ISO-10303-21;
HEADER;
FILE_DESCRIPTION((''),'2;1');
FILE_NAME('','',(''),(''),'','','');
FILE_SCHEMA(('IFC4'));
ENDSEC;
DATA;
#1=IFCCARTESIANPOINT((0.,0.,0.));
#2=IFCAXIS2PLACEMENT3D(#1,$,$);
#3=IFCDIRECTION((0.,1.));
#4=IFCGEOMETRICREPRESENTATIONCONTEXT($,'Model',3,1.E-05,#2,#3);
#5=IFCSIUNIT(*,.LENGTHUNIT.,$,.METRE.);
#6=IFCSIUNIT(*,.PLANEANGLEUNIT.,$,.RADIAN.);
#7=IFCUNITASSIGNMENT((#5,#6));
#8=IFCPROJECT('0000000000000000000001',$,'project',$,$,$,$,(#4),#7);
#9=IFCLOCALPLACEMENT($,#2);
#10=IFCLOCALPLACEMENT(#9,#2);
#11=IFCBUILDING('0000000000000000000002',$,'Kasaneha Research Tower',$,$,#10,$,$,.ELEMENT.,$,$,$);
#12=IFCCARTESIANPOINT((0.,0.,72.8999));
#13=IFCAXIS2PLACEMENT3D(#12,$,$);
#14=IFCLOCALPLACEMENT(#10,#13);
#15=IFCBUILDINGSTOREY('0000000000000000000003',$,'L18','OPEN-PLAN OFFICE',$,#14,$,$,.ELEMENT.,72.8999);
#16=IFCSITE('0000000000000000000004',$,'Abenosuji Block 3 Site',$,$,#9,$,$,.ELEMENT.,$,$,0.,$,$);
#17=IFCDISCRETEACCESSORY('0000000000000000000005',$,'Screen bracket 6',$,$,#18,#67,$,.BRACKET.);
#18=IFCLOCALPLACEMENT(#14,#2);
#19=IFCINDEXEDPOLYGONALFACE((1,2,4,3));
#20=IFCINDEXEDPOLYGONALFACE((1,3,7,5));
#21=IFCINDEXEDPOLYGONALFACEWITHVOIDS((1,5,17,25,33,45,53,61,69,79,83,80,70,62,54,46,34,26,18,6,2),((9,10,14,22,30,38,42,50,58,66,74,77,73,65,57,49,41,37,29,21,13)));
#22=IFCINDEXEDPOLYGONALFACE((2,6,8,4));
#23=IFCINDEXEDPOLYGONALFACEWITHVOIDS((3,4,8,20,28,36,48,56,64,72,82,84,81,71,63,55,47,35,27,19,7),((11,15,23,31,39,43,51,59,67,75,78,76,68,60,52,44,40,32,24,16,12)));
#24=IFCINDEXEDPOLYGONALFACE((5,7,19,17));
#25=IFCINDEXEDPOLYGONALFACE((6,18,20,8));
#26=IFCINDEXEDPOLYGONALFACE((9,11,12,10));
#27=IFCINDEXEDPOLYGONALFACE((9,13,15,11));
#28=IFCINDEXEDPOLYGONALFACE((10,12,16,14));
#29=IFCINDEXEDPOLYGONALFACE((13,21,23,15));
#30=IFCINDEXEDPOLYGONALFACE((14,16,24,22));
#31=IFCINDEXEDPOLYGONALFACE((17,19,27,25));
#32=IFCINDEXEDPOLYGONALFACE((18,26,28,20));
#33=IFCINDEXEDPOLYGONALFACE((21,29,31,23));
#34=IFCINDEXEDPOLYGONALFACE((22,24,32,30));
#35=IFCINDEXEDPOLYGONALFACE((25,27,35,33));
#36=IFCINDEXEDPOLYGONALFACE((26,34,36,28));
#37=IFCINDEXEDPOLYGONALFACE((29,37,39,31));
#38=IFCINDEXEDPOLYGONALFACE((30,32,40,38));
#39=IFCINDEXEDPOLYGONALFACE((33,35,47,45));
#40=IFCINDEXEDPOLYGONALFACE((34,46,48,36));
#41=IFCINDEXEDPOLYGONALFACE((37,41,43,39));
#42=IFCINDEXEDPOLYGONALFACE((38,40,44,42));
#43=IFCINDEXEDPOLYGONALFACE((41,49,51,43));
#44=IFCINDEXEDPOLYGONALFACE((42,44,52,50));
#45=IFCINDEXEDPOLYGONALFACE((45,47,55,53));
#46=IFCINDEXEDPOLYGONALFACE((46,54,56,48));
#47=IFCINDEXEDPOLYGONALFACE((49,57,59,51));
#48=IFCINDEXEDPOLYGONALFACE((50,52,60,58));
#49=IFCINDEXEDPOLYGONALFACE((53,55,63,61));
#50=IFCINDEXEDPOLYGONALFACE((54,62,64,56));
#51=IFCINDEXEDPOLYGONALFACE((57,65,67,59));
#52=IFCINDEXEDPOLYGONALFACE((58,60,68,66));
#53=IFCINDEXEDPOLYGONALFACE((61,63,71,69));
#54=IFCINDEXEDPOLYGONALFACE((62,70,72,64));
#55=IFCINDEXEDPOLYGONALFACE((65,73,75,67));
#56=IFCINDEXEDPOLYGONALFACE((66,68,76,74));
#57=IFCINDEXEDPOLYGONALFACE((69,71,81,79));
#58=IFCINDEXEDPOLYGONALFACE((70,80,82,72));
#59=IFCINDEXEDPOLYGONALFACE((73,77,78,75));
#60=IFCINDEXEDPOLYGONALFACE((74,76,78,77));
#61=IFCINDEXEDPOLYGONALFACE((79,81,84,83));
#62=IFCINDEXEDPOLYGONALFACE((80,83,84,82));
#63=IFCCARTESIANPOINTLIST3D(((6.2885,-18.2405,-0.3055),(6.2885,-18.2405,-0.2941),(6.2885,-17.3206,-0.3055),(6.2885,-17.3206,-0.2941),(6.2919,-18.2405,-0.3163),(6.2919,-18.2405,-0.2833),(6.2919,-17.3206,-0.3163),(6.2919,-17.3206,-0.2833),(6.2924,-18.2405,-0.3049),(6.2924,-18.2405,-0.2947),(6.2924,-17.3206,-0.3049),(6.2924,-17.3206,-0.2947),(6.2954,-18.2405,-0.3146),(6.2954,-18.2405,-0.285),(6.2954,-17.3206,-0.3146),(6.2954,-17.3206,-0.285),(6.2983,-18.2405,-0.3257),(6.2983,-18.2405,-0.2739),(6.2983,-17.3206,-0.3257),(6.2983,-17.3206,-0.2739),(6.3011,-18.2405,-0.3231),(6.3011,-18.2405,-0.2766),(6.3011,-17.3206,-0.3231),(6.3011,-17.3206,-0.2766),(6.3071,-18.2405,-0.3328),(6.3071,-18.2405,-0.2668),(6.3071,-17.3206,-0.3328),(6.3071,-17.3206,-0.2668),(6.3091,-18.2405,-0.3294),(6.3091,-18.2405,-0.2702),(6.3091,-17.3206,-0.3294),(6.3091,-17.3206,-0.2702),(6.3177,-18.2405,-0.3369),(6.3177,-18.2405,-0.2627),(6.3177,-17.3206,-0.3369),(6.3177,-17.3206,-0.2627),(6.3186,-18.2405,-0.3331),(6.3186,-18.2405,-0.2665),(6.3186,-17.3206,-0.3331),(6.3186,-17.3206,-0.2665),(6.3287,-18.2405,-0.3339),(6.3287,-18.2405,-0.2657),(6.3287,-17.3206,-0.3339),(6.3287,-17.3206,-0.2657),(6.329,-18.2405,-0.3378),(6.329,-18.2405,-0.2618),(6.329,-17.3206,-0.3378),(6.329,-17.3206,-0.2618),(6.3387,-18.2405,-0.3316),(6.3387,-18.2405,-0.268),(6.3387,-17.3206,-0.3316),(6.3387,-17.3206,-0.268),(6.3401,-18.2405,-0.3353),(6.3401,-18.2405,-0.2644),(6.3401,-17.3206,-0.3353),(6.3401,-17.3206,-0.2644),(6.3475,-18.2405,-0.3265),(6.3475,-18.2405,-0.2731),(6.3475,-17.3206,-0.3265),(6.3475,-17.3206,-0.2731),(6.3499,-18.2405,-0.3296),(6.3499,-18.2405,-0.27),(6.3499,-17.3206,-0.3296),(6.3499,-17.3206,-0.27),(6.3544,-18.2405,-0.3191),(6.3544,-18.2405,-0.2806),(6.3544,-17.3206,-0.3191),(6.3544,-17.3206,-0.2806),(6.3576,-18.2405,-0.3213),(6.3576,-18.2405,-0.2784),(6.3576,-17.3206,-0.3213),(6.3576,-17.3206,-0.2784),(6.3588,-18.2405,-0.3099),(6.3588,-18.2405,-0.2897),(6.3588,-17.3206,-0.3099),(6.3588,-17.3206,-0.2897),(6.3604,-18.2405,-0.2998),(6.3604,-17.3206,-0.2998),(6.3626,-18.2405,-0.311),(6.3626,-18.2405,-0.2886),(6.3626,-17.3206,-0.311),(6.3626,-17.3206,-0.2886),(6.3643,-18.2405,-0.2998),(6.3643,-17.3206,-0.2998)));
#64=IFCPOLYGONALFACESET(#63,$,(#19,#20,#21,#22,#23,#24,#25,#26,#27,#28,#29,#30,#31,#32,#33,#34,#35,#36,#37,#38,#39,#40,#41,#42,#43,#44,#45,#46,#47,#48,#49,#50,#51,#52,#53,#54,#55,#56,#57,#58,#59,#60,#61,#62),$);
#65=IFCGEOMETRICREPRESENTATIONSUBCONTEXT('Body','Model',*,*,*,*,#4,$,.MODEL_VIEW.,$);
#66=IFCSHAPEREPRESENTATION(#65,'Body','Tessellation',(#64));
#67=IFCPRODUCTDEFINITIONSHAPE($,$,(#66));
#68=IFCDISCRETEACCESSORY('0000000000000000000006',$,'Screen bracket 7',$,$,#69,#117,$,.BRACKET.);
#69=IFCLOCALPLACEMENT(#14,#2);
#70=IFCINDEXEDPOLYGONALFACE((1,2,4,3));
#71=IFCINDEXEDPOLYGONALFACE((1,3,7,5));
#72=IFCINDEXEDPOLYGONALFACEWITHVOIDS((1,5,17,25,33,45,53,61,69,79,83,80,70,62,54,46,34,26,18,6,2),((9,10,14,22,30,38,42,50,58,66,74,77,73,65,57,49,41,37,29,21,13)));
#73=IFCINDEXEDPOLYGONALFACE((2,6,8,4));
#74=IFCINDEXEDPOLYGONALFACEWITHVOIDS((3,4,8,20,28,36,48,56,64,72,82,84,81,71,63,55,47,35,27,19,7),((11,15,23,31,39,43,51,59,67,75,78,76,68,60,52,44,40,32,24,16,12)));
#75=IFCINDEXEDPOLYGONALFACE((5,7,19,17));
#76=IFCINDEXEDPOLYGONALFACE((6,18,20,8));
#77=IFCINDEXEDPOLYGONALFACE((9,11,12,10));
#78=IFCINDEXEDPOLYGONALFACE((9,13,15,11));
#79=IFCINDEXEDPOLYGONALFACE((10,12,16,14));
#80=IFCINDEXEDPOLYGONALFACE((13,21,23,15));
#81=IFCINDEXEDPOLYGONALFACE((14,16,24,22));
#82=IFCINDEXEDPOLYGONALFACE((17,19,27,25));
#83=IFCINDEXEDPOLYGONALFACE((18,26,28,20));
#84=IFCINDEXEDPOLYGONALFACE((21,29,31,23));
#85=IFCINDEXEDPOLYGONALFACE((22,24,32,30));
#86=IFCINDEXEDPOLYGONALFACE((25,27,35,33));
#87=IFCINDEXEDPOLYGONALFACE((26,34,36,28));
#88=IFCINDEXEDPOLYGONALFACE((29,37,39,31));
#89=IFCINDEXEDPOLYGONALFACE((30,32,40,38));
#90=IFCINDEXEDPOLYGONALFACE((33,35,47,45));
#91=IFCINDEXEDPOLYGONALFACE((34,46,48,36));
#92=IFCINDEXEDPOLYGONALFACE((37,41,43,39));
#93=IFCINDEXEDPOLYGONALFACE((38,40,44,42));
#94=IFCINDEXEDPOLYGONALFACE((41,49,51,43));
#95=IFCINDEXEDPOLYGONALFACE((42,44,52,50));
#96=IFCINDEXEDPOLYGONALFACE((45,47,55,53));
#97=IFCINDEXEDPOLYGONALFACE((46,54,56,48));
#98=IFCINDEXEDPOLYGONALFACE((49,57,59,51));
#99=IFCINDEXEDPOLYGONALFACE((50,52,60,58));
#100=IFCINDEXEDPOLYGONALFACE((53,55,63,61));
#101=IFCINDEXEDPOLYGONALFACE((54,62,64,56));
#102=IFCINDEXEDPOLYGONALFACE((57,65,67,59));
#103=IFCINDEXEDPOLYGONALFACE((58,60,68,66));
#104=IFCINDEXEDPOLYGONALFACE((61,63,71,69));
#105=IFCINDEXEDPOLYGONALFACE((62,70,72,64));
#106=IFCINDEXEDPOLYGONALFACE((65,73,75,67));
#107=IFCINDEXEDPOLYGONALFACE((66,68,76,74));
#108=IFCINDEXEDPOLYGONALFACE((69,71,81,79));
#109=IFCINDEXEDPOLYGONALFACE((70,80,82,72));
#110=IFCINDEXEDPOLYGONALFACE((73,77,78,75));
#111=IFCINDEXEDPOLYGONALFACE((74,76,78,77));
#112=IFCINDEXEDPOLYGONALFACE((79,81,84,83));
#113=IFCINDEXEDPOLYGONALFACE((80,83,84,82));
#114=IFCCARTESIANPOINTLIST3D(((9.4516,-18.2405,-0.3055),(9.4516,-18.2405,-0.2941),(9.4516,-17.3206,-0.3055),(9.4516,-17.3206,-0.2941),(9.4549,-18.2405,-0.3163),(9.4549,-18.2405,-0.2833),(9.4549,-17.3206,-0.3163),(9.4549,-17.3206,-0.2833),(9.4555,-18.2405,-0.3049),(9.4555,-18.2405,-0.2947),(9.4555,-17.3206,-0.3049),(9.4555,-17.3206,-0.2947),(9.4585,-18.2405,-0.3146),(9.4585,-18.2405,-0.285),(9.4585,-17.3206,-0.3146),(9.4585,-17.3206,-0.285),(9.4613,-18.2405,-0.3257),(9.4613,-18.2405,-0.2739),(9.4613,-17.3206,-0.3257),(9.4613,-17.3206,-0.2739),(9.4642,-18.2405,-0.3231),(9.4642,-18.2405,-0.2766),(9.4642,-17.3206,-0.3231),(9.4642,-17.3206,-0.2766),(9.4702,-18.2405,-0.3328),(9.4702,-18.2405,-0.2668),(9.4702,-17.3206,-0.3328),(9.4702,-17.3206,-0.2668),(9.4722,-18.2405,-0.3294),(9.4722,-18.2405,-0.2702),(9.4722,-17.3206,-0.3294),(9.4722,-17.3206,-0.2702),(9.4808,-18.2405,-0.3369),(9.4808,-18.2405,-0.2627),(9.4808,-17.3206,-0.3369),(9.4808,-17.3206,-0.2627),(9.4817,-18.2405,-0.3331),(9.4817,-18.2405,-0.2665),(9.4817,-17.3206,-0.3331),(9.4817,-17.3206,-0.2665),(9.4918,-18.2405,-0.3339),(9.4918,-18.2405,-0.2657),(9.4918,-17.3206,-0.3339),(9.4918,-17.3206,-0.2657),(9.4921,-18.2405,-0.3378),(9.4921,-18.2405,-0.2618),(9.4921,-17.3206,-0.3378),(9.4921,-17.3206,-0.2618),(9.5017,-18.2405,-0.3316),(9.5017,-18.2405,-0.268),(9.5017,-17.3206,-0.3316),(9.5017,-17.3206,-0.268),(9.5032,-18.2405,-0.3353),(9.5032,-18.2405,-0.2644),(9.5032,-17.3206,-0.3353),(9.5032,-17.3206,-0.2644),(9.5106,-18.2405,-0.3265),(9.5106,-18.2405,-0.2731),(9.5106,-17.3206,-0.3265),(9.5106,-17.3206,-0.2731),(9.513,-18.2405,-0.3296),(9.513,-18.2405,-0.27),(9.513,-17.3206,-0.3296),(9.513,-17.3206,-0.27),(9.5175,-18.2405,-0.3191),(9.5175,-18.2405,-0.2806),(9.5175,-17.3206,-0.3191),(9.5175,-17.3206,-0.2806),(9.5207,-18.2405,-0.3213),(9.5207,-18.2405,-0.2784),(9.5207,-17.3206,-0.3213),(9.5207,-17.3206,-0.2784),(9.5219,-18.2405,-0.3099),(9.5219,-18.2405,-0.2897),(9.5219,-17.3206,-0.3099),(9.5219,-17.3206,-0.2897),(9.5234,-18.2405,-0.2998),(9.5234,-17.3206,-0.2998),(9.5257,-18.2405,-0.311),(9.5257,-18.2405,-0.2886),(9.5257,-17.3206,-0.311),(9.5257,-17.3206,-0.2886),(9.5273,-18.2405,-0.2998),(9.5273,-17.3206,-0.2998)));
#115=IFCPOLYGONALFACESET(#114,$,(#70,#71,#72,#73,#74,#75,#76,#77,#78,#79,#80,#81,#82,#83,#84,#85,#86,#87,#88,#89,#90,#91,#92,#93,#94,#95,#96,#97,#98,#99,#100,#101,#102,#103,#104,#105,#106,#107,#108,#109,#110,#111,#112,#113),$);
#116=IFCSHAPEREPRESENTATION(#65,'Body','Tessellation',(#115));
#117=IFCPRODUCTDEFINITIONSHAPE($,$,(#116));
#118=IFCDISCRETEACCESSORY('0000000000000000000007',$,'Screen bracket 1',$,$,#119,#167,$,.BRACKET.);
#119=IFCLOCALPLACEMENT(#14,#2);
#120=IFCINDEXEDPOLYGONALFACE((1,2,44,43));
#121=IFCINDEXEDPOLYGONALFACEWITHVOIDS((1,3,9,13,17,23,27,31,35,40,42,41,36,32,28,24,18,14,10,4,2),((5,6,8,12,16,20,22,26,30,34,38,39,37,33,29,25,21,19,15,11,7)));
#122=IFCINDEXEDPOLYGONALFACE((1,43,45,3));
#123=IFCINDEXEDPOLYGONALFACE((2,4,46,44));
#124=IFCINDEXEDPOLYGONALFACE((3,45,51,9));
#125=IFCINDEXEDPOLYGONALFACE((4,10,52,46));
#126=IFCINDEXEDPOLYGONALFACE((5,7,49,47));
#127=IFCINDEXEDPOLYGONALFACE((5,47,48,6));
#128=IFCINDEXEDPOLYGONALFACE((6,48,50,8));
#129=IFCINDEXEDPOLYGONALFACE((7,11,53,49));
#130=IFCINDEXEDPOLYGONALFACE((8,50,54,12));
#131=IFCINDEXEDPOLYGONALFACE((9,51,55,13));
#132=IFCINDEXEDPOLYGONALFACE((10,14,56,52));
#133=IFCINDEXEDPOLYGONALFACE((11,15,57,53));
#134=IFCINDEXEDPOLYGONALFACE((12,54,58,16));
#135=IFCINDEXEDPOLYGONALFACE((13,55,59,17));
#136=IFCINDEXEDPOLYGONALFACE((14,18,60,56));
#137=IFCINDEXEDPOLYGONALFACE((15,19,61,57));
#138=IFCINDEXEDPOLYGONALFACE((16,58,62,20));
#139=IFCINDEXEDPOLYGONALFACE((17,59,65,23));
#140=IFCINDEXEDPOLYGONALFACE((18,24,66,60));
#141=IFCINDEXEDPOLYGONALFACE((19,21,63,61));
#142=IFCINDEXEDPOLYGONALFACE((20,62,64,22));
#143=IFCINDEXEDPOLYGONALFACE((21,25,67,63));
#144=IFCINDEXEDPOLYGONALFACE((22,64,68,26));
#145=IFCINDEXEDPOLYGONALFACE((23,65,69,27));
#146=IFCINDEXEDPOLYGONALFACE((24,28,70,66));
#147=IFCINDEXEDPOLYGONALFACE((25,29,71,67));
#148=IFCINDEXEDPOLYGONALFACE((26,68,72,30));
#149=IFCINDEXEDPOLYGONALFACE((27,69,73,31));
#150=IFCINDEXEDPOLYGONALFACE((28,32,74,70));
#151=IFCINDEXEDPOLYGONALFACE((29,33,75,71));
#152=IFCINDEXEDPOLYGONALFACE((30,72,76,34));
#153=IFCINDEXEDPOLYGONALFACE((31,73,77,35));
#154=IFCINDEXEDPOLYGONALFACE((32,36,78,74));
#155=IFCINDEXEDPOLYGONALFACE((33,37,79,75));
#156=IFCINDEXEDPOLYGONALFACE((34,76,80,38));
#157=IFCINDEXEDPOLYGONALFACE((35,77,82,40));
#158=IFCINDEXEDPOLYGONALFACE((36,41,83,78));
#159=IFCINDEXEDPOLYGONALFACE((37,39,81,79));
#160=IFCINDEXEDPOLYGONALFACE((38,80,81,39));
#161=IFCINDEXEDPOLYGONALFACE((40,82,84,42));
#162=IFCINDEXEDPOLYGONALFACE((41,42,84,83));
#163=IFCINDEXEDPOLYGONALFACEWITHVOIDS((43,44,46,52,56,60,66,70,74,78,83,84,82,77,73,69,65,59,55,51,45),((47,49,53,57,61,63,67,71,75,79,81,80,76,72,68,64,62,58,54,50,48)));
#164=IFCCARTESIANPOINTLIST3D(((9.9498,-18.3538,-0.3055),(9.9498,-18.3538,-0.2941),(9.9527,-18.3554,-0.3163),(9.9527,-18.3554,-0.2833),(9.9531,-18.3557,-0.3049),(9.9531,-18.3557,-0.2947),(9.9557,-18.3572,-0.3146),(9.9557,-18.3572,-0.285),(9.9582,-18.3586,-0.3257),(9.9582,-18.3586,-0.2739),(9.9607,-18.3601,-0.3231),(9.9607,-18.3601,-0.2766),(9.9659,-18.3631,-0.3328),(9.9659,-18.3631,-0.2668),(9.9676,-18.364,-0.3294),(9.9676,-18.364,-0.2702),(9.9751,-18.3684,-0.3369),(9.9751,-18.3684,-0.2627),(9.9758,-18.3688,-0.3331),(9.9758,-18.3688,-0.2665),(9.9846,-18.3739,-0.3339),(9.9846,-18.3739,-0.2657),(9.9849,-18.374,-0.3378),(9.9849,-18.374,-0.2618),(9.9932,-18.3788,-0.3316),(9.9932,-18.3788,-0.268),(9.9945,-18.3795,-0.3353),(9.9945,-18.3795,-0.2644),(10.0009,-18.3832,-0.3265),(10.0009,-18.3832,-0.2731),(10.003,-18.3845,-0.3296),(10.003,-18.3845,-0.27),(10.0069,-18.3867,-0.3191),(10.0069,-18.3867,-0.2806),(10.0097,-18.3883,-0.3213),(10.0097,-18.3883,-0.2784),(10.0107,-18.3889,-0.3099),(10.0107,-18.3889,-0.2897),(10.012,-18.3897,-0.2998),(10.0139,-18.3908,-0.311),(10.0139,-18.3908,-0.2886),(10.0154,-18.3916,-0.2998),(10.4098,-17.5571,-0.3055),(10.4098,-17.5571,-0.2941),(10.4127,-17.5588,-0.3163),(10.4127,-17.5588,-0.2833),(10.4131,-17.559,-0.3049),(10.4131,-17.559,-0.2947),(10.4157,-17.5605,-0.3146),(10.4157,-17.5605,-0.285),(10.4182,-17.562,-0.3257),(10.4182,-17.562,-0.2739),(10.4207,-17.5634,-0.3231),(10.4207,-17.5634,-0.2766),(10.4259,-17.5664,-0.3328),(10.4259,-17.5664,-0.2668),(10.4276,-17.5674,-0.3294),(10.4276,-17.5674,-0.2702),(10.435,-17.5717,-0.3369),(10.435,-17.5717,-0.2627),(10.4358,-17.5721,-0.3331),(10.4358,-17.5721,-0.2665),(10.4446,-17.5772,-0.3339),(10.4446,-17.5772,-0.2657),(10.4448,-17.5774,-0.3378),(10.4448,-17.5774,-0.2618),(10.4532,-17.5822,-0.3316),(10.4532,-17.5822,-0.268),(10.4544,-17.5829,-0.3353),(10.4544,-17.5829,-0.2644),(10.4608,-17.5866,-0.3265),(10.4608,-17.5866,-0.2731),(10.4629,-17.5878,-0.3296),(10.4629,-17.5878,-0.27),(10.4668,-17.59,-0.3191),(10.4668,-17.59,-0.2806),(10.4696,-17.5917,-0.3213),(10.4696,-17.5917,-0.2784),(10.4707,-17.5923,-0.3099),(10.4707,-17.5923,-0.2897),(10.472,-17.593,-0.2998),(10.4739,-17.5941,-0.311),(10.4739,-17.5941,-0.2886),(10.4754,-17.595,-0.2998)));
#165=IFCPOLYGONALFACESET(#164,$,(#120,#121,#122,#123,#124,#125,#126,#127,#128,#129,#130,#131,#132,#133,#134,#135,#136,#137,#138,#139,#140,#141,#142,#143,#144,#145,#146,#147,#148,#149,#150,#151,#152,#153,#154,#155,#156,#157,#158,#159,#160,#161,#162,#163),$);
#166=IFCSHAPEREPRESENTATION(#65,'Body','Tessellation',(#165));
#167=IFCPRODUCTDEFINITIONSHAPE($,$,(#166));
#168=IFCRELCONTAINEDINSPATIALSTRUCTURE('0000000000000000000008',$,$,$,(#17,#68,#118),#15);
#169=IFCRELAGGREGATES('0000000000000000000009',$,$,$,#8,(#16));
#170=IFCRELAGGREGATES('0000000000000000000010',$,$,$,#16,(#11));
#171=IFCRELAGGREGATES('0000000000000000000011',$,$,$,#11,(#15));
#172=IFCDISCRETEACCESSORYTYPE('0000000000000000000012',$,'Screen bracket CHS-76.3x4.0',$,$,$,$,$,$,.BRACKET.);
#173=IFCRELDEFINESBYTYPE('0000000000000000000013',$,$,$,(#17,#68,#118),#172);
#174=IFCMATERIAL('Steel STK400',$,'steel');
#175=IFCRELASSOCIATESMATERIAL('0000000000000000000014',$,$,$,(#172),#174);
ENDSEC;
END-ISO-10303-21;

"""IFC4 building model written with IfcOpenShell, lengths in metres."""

from ifc_helpers import new_model, si_unit, direction, frame, origin, origin_2d, place, context, subcontext, project, spatial, hollow_circle, extrude, material, material_profile, profile_set, type_object, element, save


model = new_model("IFC4")

# Units and contexts
model_context = context("Model", 3, precision=1e-05, world=origin(), true_north=direction((0.0, 1.0)))
body_context = subcontext(model_context, "Body", "Model", "MODEL_VIEW")
ifc_project = project(units=[si_unit("LENGTHUNIT", "METRE"), si_unit("PLANEANGLEUNIT", "RADIAN")], contexts=[model_context])

# Site, building, storey
site_placement = place(None, origin())
site = spatial("IfcSite", under=ifc_project, at=site_placement, Name="Abenosuji Block 3 Site", CompositionType="ELEMENT", RefElevation=0.0)
building_placement = place(site_placement, origin())
building = spatial("IfcBuilding", under=site, at=building_placement, Name="Kasaneha Research Tower", CompositionType="ELEMENT")
storey_placement = place(building_placement, frame((0.0, 0.0, 72.8999)))
storey = spatial("IfcBuildingStorey", under=building, at=storey_placement, Name="L18", Description="OPEN-PLAN OFFICE", CompositionType="ELEMENT", Elevation=72.8999)

# Discrete accessories
ifc_material_1 = material(Name="Steel STK400", Category="steel")
ifc_material_profile_1 = material_profile(ifc_material_1, hollow_circle(Radius=0.0381, WallThickness=0.0039, at=origin_2d()), Name="CHS-76.3x4.0")
ifc_profile_set_1 = profile_set([ifc_material_profile_1], Name="Steel STK400")
discrete_accessory_type = type_object("IfcDiscreteAccessoryType", Name="Screen bracket CHS-76.3x4.0", PredefinedType="BRACKET", material=ifc_profile_set_1)
for number, where, z_axis, x_axis, name in (
    (1, (6.3262, -17.3206, -0.2998), (0.0, -1.0, 0.0), (1.0, 0.0, 0.0), "Screen bracket 6"),
    (2, (9.4893, -17.3206, -0.2998), (0.0, -1.0, 0.0), (1.0, 0.0, 0.0), "Screen bracket 7"),
    (3, (10.4424, -17.5759, -0.2998), (-0.500021, -0.866013, 0.0), (0.866013, -0.500021, 0.0), "Screen bracket 1"),
):
    element("IfcDiscreteAccessory", number, at=place(storey_placement, frame(where, z_axis=z_axis, x_axis=x_axis)), inside=storey, type_object=discrete_accessory_type, Name=name, PredefinedType="BRACKET", context=body_context, shape_type="SweptSolid", body=[
        extrude(hollow_circle(Radius=0.0381, WallThickness=0.0039, at=origin_2d()), origin(), (0.0, 0.0, 1.0), 0.9199),
    ])

save(model, "model.ifc")
